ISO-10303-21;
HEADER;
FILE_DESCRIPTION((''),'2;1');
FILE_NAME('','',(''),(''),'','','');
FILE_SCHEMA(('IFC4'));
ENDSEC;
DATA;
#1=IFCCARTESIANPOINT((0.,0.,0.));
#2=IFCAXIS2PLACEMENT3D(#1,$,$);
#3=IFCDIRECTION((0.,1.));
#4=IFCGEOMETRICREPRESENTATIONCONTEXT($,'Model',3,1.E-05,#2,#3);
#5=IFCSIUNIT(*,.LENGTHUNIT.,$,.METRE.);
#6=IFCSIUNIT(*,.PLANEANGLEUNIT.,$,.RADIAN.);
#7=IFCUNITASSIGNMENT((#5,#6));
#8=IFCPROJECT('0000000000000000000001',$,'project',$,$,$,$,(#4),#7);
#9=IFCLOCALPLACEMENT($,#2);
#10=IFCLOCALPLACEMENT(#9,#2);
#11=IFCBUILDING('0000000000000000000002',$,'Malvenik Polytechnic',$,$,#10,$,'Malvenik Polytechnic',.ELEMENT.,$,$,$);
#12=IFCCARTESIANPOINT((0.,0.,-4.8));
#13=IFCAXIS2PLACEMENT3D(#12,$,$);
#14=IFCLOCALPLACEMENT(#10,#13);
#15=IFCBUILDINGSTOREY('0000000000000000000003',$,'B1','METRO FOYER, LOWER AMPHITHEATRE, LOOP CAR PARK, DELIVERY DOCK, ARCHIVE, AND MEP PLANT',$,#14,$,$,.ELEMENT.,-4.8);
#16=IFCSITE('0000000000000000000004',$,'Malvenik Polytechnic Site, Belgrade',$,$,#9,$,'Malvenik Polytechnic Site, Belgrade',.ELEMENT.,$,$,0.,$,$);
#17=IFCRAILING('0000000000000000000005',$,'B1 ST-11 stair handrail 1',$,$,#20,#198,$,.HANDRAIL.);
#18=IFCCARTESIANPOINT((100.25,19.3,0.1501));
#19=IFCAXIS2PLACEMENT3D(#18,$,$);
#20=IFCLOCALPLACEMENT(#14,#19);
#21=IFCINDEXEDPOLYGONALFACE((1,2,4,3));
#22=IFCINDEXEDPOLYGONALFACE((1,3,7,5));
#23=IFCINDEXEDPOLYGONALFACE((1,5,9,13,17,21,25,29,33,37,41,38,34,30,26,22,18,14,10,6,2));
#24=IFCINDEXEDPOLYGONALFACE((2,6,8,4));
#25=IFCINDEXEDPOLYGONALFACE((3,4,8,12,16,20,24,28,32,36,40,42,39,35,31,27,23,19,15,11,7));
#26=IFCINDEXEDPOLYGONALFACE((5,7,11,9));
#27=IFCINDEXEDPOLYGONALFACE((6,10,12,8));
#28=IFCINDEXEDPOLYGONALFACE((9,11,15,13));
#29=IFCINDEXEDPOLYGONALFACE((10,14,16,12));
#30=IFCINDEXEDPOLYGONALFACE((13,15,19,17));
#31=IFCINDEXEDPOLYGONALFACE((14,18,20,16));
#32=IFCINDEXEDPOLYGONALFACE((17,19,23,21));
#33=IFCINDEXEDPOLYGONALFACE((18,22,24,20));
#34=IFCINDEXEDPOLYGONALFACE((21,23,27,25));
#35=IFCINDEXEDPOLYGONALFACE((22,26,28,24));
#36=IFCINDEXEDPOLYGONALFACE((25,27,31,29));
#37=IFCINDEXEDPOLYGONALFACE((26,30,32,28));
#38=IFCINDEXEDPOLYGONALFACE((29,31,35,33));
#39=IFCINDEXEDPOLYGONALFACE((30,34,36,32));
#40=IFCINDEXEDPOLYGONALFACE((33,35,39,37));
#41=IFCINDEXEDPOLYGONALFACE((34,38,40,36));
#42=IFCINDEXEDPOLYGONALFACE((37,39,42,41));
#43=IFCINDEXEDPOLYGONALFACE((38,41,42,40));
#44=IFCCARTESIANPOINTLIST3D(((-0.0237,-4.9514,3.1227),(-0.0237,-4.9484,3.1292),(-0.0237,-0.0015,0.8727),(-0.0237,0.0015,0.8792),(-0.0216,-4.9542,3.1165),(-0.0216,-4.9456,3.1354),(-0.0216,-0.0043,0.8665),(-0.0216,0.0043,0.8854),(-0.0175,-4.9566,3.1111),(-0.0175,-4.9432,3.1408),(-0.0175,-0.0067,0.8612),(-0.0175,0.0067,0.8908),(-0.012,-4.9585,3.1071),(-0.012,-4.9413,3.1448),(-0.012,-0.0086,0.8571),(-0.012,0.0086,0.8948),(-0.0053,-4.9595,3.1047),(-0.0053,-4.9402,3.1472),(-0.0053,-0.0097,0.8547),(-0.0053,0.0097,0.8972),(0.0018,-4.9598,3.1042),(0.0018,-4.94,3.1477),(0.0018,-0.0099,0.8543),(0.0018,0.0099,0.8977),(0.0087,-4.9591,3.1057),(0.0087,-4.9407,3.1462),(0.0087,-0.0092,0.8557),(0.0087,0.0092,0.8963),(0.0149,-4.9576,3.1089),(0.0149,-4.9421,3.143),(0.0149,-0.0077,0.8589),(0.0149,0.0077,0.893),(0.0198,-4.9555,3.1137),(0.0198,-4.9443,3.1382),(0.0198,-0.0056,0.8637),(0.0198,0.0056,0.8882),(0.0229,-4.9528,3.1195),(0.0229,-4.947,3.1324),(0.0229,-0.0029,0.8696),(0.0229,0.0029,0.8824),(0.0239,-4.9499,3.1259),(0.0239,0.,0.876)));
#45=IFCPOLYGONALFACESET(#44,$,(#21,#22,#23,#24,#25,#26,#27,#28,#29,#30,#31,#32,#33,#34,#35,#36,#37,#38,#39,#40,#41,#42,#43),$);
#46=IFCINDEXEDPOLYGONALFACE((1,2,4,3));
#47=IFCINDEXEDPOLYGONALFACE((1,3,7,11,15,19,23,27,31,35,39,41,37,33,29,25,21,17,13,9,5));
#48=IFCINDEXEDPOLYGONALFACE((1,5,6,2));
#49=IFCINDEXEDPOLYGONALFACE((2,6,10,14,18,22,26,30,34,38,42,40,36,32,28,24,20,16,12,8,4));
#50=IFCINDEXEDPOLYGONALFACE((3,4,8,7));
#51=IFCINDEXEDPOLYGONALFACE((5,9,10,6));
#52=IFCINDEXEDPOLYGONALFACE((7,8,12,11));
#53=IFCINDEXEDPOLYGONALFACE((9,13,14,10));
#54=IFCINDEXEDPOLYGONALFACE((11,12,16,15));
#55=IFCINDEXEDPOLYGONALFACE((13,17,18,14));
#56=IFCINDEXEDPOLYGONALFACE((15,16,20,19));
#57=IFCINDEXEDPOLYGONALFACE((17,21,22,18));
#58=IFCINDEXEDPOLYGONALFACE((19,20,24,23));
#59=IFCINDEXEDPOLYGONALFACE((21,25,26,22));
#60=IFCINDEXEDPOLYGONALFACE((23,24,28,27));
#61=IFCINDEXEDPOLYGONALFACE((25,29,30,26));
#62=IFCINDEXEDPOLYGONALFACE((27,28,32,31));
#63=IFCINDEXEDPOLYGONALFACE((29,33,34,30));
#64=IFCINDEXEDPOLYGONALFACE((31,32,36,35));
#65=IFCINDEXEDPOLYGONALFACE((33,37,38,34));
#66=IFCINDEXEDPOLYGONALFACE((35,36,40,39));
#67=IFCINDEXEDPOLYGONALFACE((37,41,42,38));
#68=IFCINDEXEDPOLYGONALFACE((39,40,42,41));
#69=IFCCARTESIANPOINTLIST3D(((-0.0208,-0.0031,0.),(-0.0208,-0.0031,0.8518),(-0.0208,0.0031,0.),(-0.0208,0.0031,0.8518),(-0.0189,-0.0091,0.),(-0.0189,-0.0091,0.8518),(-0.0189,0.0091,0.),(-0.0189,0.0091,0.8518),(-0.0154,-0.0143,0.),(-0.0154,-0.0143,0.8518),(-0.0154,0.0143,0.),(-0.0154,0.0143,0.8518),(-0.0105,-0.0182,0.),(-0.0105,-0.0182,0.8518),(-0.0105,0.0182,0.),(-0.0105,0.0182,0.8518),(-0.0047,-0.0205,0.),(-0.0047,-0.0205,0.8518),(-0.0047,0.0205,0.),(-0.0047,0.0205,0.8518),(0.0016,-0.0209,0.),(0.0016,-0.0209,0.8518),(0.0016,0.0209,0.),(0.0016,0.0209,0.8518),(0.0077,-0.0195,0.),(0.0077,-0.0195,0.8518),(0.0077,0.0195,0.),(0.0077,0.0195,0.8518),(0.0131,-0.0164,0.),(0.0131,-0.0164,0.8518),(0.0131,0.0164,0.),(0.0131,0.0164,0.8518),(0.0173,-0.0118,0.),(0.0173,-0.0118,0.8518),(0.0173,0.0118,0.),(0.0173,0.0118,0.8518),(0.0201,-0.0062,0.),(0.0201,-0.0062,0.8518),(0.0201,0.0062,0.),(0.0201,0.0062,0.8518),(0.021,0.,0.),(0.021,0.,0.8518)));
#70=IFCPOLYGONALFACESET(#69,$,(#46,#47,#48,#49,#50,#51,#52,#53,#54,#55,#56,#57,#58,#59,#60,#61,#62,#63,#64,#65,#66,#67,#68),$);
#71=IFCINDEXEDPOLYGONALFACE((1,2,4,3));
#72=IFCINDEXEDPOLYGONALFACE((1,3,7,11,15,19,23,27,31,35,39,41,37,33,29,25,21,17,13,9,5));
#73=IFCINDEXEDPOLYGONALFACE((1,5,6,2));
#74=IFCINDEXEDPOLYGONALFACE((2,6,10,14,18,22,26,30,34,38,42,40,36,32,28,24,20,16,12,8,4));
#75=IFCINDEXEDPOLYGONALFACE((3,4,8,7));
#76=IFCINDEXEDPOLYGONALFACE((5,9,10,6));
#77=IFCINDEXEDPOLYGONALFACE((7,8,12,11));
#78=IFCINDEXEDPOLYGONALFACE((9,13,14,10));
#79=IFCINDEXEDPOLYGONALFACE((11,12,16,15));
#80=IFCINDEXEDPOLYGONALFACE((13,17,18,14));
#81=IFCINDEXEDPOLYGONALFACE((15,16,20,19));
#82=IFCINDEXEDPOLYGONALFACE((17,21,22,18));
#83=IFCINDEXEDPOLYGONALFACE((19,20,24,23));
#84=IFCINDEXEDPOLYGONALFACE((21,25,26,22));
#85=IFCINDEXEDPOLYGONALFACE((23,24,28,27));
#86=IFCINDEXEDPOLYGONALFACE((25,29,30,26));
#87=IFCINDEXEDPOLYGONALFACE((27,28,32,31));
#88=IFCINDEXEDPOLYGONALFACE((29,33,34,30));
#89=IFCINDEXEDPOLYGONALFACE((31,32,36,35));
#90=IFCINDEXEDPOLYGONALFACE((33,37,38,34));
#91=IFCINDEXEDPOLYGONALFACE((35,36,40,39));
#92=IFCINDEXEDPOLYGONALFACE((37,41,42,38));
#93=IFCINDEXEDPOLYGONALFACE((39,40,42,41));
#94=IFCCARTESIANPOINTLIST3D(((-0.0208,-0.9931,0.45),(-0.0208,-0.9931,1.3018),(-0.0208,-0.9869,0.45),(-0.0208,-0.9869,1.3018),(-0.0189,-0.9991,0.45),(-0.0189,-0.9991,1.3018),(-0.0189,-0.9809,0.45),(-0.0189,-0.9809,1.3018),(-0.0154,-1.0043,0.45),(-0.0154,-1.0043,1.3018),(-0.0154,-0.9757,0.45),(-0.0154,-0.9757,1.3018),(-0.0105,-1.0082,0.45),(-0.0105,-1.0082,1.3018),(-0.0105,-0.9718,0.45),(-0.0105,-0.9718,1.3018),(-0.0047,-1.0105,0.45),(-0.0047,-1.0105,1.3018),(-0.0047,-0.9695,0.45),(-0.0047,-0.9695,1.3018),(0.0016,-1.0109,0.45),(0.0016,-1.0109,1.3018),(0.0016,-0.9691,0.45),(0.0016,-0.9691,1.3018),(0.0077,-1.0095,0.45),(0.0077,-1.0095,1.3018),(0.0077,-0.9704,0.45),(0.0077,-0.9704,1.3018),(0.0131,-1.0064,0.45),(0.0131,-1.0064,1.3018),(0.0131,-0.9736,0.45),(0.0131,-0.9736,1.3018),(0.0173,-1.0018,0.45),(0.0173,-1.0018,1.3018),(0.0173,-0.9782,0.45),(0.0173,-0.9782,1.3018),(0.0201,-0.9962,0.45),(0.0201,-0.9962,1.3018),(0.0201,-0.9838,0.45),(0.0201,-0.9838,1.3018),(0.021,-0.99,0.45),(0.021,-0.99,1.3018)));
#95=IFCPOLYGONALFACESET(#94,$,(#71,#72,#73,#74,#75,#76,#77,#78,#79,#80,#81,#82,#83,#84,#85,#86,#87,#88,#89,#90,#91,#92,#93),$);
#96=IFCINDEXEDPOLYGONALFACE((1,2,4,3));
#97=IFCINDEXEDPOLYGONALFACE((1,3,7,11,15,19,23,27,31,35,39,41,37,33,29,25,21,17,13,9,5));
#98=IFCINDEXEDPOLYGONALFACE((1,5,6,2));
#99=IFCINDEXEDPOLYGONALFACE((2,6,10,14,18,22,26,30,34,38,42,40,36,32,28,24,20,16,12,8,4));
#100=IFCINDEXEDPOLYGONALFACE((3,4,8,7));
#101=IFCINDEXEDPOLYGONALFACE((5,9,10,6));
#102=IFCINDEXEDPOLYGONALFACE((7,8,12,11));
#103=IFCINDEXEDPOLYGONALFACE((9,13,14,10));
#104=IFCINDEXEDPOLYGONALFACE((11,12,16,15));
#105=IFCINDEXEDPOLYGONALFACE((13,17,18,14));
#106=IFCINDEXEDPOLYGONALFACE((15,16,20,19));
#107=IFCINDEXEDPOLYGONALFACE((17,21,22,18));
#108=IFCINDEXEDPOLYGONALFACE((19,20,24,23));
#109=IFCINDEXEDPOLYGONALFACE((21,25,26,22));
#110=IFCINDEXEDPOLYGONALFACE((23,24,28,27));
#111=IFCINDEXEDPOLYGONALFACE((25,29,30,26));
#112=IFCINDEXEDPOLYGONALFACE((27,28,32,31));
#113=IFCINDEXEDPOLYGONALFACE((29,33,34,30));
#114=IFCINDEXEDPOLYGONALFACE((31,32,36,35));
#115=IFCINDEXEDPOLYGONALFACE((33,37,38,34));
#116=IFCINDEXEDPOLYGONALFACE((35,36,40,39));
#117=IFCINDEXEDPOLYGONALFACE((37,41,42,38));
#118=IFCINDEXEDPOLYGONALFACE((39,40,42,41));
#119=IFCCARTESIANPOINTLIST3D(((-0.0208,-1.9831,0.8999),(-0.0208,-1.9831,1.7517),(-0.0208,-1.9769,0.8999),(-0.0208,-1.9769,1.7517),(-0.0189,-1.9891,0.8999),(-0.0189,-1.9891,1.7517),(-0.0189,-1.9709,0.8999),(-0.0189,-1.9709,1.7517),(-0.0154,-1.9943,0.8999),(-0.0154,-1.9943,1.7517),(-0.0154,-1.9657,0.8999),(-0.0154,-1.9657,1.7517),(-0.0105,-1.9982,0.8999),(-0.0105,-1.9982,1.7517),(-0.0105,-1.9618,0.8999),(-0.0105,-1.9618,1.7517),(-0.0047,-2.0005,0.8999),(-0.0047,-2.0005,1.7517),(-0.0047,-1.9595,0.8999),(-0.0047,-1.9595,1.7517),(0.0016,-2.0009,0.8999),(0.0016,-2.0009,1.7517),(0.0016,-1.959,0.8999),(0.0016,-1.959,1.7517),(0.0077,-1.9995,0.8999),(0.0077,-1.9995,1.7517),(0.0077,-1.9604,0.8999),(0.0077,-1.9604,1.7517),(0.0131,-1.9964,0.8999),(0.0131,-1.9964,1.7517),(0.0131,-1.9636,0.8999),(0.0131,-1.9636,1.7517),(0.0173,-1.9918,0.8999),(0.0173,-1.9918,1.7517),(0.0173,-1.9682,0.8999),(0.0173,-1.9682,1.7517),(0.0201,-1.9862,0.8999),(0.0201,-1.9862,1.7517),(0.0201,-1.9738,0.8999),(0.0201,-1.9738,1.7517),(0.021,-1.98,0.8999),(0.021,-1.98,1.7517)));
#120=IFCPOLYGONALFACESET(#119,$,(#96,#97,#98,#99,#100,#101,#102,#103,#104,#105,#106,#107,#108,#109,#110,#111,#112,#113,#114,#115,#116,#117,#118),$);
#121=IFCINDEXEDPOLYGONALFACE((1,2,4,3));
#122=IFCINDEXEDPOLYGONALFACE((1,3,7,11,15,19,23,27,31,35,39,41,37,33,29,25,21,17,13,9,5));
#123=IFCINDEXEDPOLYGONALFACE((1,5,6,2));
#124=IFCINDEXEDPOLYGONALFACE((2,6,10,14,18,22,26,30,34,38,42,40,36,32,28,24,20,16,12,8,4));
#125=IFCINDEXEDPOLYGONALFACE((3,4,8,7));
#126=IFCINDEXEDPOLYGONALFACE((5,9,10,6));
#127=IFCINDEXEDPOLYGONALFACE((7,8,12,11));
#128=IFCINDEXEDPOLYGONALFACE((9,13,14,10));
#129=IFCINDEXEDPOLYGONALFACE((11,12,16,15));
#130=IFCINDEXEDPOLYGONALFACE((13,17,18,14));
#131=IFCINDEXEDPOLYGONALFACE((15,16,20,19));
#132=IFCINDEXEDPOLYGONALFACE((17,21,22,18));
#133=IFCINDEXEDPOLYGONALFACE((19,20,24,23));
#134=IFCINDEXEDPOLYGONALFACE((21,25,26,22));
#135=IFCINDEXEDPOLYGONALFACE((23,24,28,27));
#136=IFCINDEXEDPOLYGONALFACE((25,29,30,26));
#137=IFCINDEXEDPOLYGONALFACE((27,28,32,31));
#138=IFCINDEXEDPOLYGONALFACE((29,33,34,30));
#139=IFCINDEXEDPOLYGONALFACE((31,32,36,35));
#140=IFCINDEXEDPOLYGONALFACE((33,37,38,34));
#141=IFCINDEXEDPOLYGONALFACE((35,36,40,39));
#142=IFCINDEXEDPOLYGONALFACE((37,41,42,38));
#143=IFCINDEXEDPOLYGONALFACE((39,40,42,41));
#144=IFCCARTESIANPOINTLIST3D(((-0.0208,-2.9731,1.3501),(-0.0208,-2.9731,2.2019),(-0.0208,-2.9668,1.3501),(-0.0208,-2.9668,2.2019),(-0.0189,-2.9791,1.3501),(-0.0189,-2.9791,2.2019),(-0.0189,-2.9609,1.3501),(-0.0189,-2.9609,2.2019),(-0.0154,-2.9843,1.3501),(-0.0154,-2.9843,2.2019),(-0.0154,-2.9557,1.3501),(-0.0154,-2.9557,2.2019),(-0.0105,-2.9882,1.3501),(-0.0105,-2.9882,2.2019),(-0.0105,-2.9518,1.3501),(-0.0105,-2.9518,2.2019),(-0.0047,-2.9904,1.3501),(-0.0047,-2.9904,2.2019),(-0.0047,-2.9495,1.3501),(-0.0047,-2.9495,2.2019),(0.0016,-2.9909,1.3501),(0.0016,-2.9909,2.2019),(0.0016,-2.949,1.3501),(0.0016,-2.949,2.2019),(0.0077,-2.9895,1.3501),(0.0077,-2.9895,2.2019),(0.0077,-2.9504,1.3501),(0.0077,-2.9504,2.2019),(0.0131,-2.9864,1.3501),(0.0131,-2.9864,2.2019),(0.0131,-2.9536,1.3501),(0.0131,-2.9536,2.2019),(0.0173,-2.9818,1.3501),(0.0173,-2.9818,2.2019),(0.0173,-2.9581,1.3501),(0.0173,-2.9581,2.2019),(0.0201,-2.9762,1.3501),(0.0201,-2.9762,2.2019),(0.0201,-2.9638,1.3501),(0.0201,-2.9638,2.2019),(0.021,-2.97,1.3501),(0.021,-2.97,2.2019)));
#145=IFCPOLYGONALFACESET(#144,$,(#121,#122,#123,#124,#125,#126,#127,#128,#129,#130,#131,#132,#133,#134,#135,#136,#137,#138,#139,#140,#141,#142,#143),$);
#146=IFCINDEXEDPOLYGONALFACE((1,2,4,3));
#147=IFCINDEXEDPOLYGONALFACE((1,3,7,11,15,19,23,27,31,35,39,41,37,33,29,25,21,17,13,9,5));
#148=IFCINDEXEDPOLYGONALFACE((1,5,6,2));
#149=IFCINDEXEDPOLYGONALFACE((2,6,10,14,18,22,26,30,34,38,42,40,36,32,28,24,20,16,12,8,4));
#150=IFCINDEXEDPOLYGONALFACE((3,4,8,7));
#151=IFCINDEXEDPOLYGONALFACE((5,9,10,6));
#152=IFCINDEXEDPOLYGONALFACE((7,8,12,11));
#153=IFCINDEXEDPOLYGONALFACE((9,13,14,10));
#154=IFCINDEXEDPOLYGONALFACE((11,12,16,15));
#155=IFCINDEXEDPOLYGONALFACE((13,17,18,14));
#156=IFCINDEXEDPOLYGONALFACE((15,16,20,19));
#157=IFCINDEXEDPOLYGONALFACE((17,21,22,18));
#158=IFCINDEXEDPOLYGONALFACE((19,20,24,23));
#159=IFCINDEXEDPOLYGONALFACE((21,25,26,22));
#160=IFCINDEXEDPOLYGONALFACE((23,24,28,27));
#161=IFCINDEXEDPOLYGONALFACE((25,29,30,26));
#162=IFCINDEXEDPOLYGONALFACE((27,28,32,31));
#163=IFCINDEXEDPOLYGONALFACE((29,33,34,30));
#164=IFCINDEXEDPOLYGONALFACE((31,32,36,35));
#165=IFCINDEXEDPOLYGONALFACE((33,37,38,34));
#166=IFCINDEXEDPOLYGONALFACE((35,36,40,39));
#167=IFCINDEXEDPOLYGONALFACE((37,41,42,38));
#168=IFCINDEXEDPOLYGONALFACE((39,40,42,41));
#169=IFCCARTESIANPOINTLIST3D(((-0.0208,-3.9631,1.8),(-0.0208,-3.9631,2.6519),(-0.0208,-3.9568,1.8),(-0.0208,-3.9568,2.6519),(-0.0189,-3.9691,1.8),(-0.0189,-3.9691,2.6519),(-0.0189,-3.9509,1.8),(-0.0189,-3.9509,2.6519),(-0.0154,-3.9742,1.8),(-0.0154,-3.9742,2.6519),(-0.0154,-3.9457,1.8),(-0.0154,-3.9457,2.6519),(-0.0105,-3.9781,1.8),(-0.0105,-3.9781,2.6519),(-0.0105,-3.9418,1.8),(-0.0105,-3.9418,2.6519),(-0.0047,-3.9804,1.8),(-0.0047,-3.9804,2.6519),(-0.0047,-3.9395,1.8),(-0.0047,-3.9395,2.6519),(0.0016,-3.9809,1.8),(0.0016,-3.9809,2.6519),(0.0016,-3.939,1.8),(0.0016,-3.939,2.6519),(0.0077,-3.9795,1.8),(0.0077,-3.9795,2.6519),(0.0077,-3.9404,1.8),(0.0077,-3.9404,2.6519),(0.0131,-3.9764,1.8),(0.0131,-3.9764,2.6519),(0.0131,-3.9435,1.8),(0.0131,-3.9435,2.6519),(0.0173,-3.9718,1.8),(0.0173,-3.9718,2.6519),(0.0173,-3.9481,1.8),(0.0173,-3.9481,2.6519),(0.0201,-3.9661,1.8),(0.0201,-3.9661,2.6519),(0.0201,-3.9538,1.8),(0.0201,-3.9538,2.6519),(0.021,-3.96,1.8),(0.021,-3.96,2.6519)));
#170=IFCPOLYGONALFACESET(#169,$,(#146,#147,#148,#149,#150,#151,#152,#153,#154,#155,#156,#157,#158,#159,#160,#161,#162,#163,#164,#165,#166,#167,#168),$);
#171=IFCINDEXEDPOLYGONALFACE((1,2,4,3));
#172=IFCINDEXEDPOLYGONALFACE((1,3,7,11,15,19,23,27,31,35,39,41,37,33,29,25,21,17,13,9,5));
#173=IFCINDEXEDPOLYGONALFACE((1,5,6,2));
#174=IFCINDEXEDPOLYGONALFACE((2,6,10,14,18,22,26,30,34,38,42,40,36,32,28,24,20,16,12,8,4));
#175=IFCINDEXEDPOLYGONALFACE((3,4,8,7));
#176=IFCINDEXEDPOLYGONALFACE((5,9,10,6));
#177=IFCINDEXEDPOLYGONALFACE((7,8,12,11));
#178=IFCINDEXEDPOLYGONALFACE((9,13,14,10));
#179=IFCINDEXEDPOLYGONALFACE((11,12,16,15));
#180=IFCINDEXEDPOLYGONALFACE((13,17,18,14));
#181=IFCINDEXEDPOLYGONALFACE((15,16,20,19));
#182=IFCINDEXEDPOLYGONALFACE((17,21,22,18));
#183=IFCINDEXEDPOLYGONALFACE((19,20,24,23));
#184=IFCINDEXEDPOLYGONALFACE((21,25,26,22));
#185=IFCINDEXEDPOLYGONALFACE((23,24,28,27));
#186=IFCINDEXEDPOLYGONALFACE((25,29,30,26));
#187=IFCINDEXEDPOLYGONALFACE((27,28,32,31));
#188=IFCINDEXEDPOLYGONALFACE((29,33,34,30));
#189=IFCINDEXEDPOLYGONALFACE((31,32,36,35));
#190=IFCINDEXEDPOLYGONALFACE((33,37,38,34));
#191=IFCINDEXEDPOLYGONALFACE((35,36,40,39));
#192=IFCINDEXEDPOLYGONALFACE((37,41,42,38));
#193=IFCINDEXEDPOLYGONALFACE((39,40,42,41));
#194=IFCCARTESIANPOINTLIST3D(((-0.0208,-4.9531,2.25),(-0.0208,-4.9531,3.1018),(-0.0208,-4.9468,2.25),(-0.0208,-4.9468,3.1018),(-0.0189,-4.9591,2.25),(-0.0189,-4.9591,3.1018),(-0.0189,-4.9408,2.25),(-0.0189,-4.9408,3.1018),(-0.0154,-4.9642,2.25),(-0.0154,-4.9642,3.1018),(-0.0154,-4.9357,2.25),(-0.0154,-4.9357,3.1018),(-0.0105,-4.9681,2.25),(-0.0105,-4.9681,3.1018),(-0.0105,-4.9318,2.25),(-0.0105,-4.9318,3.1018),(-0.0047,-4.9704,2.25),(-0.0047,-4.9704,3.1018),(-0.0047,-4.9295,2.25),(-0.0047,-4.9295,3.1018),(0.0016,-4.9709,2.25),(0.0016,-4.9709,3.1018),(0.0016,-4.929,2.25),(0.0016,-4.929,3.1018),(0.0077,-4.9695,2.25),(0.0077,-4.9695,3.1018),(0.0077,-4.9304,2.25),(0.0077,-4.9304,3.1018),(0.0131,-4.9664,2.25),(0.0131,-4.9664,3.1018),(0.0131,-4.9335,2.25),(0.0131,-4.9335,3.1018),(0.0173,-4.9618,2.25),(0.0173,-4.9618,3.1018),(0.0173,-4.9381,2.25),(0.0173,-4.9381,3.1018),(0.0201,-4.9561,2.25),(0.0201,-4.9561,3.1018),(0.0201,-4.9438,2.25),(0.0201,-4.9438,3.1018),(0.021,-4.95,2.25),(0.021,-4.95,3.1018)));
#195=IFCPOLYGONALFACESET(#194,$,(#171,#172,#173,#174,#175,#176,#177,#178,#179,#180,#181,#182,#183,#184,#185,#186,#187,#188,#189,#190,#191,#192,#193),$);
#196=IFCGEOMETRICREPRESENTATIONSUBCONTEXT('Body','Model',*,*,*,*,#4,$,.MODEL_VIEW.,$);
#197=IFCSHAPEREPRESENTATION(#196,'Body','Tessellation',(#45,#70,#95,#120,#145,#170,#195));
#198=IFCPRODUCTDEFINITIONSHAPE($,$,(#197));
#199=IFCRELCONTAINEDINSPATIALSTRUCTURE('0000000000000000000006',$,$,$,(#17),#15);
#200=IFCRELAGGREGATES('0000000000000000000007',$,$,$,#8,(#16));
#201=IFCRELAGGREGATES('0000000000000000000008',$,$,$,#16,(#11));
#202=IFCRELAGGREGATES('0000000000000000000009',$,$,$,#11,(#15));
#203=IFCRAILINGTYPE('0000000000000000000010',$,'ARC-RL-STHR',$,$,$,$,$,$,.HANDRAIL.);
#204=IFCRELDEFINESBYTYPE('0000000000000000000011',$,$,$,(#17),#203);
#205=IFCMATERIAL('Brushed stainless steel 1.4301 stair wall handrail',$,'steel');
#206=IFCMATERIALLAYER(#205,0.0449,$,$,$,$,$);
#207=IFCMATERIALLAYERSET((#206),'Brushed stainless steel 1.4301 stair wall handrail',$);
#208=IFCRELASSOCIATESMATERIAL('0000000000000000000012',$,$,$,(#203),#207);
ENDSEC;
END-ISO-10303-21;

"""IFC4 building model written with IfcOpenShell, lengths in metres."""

from ifc_helpers import new_model, si_unit, direction, frame, origin, origin_2d, place, context, subcontext, project, spatial, circle, extrude, material, layer, layer_set, type_object, element, save


model = new_model("IFC4")

# Units and contexts
model_context = context("Model", 3, precision=1e-05, world=origin(), true_north=direction((0.0, 1.0)))
body_context = subcontext(model_context, "Body", "Model", "MODEL_VIEW")
ifc_project = project(units=[si_unit("LENGTHUNIT", "METRE"), si_unit("PLANEANGLEUNIT", "RADIAN")], contexts=[model_context])

# Site, building, storey
site_placement = place(None, origin())
site = spatial("IfcSite", under=ifc_project, at=site_placement, Name="Malvenik Polytechnic Site, Belgrade", LongName="Malvenik Polytechnic Site, Belgrade", CompositionType="ELEMENT", RefElevation=0.0)
building_placement = place(site_placement, origin())
building = spatial("IfcBuilding", under=site, at=building_placement, Name="Malvenik Polytechnic", LongName="Malvenik Polytechnic", CompositionType="ELEMENT")
storey_placement = place(building_placement, frame((0.0, 0.0, -4.8)))
storey = spatial("IfcBuildingStorey", under=building, at=storey_placement, Name="B1", Description="METRO FOYER, LOWER AMPHITHEATRE, LOOP CAR PARK, DELIVERY DOCK, ARCHIVE, AND MEP PLANT", CompositionType="ELEMENT", Elevation=-4.8)

# Railing
ifc_material_1 = material(Name="Brushed stainless steel 1.4301 stair wall handrail", Category="steel")
ifc_layer_1 = layer(ifc_material_1, 0.0449)
ifc_layer_set_1 = layer_set([ifc_layer_1], Name="Brushed stainless steel 1.4301 stair wall handrail")
railing_type_1 = type_object("IfcRailingType", Name="ARC-RL-STHR", PredefinedType="HANDRAIL", material=ifc_layer_set_1)
railing_1_placement = place(storey_placement, frame((100.25, 19.3, 0.1501)))
element("IfcRailing", 1, at=railing_1_placement, inside=storey, type_object=railing_type_1, Name="B1 ST-11 stair handrail 1", PredefinedType="HANDRAIL", context=body_context, shape_type="SweptSolid", body=[
    extrude(circle(Radius=0.0239, at=origin_2d()), frame((0.0, 0.0, 0.876), z_axis=(0.0, -0.910365, 0.413806), x_axis=(1.0, 0.0, 0.0)), (0.0, 0.0, 1.0), 5.4373),
    extrude(circle(Radius=0.021, at=origin_2d()), origin(), (0.0, 0.0, 1.0), 0.8518),
    extrude(circle(Radius=0.021, at=origin_2d()), frame((0.0, -0.99, 0.45)), (0.0, 0.0, 1.0), 0.8518),
    extrude(circle(Radius=0.021, at=origin_2d()), frame((0.0, -1.98, 0.8999)), (0.0, 0.0, 1.0), 0.8518),
    extrude(circle(Radius=0.021, at=origin_2d()), frame((0.0, -2.97, 1.3501)), (0.0, 0.0, 1.0), 0.8518),
    extrude(circle(Radius=0.021, at=origin_2d()), frame((0.0, -3.96, 1.8)), (0.0, 0.0, 1.0), 0.8518),
    extrude(circle(Radius=0.021, at=origin_2d()), frame((0.0, -4.95, 2.25)), (0.0, 0.0, 1.0), 0.8518),
])

save(model, "model.ifc")
